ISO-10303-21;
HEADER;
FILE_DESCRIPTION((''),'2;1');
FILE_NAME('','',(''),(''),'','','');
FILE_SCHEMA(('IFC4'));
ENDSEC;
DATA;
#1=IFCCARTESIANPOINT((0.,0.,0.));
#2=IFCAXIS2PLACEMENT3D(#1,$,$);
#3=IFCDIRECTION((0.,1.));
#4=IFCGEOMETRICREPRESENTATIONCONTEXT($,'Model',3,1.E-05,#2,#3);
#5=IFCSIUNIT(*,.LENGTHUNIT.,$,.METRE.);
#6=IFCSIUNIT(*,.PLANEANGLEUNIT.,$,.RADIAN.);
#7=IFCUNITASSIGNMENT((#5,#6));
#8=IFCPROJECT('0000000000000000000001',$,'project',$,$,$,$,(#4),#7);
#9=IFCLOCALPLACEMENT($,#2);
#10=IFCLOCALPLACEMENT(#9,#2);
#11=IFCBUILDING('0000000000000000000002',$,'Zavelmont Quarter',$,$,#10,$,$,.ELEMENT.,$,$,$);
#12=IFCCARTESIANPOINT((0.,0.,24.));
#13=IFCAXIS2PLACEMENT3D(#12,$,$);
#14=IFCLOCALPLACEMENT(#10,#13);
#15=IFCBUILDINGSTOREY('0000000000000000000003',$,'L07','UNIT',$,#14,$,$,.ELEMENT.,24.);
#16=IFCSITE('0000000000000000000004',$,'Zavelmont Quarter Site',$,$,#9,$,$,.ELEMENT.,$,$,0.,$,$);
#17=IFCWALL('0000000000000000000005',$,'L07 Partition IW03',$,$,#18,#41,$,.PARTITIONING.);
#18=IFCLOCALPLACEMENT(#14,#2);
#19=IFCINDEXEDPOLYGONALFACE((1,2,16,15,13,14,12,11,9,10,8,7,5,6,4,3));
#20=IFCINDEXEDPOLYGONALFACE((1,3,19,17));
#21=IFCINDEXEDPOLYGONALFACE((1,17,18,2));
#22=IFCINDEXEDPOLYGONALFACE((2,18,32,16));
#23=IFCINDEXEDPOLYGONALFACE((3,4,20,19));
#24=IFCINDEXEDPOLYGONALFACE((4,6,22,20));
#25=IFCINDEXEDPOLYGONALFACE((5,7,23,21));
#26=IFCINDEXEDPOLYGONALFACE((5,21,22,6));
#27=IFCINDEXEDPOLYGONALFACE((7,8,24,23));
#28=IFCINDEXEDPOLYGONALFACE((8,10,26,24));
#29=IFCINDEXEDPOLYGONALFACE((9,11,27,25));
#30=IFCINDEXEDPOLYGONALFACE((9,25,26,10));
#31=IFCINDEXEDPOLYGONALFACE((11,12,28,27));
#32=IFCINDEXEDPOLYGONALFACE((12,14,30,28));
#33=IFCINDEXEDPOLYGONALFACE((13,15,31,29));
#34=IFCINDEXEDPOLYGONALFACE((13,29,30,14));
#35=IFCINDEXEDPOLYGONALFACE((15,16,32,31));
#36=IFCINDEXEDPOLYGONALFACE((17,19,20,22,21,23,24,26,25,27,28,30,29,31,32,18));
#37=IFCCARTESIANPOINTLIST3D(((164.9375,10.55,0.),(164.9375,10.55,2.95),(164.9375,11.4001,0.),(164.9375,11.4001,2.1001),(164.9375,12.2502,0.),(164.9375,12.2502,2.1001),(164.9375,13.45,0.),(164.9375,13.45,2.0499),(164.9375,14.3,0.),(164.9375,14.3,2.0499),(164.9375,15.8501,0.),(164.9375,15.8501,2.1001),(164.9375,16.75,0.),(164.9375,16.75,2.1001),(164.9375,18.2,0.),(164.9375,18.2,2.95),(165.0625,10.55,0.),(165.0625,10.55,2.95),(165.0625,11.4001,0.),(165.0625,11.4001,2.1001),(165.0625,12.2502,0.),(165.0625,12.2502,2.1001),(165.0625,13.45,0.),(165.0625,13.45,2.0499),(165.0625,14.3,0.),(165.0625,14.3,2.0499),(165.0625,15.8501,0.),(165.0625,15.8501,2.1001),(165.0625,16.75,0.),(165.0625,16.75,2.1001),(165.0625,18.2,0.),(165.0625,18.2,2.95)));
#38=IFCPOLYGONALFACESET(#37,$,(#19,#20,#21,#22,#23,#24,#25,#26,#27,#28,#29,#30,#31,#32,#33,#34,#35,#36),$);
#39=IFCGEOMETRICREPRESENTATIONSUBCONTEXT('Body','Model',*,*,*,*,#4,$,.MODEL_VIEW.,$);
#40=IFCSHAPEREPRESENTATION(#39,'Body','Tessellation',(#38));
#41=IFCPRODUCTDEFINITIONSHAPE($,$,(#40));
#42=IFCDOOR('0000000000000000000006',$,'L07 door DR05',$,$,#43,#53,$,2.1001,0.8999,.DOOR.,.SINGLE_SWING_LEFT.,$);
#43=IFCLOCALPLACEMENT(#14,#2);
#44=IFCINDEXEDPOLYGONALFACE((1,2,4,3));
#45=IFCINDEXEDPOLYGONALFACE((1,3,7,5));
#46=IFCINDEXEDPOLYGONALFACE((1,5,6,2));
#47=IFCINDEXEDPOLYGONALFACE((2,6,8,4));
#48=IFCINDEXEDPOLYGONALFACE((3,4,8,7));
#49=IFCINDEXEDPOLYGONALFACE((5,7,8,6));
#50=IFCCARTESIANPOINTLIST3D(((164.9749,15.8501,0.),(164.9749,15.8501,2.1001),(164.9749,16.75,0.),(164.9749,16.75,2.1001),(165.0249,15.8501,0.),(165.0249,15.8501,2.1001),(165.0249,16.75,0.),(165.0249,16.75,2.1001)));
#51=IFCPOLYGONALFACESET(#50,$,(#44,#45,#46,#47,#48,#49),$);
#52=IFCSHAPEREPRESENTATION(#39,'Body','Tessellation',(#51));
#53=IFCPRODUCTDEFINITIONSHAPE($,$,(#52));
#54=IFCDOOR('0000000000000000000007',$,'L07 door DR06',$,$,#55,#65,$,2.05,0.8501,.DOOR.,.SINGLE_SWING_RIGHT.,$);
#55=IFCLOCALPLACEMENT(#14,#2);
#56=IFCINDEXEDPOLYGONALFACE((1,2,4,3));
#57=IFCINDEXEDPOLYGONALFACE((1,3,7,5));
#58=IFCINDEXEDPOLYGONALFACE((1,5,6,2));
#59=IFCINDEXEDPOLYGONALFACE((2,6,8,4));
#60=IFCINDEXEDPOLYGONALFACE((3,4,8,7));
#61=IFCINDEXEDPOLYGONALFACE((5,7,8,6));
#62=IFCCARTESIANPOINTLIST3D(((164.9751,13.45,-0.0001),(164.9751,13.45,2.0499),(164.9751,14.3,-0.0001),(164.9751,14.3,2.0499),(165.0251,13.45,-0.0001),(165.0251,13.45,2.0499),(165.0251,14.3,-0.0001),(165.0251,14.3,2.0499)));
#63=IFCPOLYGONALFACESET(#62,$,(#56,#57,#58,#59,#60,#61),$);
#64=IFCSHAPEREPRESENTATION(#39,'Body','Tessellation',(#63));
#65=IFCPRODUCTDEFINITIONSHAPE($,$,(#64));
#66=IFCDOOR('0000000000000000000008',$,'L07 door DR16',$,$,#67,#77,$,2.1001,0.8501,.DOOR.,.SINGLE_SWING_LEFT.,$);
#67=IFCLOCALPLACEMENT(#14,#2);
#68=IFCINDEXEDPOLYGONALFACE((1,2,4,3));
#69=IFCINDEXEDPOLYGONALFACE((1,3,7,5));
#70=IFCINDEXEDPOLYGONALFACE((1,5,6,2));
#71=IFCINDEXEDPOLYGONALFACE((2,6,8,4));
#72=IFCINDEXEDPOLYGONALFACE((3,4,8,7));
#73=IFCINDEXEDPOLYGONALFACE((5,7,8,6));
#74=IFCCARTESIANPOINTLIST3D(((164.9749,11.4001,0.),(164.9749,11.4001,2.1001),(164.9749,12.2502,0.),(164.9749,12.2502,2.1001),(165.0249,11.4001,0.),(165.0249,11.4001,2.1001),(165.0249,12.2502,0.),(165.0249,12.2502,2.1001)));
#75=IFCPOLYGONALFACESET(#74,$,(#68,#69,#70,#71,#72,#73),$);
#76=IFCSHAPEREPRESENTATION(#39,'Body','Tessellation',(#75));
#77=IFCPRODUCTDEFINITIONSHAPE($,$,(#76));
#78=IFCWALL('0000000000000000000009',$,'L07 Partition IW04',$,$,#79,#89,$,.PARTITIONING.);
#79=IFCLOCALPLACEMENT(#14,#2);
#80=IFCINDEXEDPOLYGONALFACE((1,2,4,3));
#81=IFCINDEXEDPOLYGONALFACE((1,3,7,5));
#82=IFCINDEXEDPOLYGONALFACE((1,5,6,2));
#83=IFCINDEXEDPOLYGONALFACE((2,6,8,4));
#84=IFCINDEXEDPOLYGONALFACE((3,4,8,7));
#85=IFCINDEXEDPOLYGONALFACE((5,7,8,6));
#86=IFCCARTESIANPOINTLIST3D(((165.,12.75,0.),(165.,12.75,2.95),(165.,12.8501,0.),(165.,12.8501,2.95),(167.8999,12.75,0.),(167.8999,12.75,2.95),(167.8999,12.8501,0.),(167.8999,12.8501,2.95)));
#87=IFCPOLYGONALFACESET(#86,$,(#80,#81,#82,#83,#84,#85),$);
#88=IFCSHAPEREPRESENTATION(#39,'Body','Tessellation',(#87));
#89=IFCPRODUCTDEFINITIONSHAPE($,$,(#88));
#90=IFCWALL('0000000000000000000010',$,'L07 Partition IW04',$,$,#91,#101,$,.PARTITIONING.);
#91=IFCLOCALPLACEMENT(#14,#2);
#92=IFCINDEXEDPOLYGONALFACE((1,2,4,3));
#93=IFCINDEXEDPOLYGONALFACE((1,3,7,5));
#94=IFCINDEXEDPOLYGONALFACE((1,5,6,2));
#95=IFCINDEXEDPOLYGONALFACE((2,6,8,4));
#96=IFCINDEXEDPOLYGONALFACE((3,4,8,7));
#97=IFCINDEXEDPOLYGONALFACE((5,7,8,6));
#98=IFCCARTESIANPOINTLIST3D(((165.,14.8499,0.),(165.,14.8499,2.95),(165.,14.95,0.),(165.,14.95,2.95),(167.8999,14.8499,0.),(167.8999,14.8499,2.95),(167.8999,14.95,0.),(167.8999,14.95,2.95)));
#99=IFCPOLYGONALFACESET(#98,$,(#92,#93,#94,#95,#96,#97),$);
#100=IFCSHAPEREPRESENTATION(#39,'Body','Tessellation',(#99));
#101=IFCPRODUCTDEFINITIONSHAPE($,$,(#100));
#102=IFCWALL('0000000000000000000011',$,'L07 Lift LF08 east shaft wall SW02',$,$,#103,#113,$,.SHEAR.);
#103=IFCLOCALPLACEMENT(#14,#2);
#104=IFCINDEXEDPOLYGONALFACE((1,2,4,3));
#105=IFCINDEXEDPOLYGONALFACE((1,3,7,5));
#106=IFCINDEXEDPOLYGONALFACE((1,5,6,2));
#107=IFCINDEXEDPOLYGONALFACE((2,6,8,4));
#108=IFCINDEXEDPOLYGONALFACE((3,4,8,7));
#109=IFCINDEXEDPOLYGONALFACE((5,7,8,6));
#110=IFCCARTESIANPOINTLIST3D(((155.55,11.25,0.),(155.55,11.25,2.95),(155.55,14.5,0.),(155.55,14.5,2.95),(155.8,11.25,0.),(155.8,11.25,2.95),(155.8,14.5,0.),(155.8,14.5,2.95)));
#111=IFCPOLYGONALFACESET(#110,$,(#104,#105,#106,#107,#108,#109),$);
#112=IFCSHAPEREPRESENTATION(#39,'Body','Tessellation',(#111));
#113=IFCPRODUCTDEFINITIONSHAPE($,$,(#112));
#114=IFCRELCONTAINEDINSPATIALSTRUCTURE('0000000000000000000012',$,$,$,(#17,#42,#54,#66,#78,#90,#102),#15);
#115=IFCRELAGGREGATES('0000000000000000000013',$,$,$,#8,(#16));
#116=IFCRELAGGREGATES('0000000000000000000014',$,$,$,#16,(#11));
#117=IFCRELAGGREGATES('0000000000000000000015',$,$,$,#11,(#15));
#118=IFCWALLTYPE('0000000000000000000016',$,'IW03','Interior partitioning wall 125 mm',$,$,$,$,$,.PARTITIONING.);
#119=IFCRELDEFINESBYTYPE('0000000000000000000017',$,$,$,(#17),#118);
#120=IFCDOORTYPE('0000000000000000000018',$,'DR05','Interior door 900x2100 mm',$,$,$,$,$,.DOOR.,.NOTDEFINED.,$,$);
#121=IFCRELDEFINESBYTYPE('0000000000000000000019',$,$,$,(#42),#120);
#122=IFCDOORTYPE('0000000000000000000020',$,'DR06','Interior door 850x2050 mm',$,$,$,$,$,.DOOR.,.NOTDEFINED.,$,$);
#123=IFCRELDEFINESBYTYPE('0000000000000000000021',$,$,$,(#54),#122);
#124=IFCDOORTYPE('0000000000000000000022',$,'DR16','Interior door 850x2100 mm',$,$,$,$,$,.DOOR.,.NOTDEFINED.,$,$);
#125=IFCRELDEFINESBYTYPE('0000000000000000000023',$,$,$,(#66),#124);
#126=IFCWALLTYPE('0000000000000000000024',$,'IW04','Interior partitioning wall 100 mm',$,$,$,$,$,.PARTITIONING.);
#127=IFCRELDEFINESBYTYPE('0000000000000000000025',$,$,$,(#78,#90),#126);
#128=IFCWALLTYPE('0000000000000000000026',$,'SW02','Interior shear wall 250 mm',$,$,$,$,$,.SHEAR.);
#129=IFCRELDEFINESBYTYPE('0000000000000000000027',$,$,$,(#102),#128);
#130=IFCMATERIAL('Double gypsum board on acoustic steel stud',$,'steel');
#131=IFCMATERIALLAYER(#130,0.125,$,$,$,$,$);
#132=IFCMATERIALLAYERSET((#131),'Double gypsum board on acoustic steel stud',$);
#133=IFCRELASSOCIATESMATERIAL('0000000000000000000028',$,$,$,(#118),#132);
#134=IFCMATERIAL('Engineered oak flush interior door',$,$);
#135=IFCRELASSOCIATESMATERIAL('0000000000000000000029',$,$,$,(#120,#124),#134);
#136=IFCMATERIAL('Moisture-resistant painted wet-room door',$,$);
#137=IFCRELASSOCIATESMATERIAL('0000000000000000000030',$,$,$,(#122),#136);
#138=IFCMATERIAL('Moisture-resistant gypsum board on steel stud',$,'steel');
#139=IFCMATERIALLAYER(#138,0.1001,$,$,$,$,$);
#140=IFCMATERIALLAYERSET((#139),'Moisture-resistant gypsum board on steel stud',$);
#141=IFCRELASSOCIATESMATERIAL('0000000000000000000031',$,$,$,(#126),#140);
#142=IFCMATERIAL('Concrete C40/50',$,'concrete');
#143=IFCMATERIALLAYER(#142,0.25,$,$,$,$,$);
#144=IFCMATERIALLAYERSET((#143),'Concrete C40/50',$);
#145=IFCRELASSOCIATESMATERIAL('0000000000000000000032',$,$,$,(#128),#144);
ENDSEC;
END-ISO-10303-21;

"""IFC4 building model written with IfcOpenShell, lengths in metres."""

from ifc_helpers import new_model, si_unit, direction, frame, frame_2d, origin, origin_with_axes, place, context, subcontext, project, spatial, rectangle, extrude, material, layer, layer_set, type_object, element, fill, save


model = new_model("IFC4")

# Units and contexts
model_context = context("Model", 3, precision=1e-05, world=origin(), true_north=direction((0.0, 1.0)))
body_context = subcontext(model_context, "Body", "Model", "MODEL_VIEW")
ifc_project = project(units=[si_unit("LENGTHUNIT", "METRE"), si_unit("PLANEANGLEUNIT", "RADIAN")], contexts=[model_context])

# Site, building, storey
site_placement = place(None, origin())
site = spatial("IfcSite", under=ifc_project, at=site_placement, Name="Zavelmont Quarter Site", CompositionType="ELEMENT", RefElevation=0.0)
building_placement = place(site_placement, origin())
building = spatial("IfcBuilding", under=site, at=building_placement, Name="Zavelmont Quarter", CompositionType="ELEMENT")
storey_placement = place(building_placement, frame((0.0, 0.0, 24.0)))
storey = spatial("IfcBuildingStorey", under=building, at=storey_placement, Name="L07", Description="UNIT", CompositionType="ELEMENT", Elevation=24.0)

# Shared definitions
ifc_material_1 = material(Name="Concrete C40/50", Category="concrete")

# Wall, openings, doors
ifc_material_2 = material(Name="Double gypsum board on acoustic steel stud", Category="steel")
ifc_layer_1 = layer(ifc_material_2, 0.125)
ifc_layer_set_1 = layer_set([ifc_layer_1], Name="Double gypsum board on acoustic steel stud")
wall_type_1 = type_object("IfcWallType", Name="IW03", Description="Interior partitioning wall 125 mm", PredefinedType="PARTITIONING", material=ifc_layer_set_1)
wall_1_placement = place(storey_placement, frame((165.0, 10.55, 0.0), z_axis=(0.0, 0.0, 1.0), x_axis=(0.0, 1.0, 0.0)))
wall_1 = element("IfcWall", 1, at=wall_1_placement, inside=storey, type_object=wall_type_1, Name="L07 Partition IW03", PredefinedType="PARTITIONING", context=body_context, shape_type="SweptSolid", body=[
    extrude(rectangle(XDim=7.6499, YDim=0.125, at=frame_2d((3.825, 0.0))), origin(), (0.0, 0.0, 1.0), 2.95),
])
opening_1_placement = place(wall_1_placement, frame((0.8501, 0.0, 0.0)))
opening_1 = element("IfcOpeningElement", 2, at=opening_1_placement, cuts=wall_1, PredefinedType="OPENING", context=body_context, shape_type="SweptSolid", body=[
    extrude(rectangle(XDim=0.8501, YDim=2.1001, at=frame_2d((0.425, 1.05))), frame((0.0, 0.0745, 0.0), z_axis=(0.0, -1.0, 0.0), x_axis=(1.0, 0.0, 0.0)), (0.0, 0.0, 1.0), 0.1489),
])
opening_2_placement = place(wall_1_placement, frame((2.8999, 0.0, 0.0)))
opening_2 = element("IfcOpeningElement", 3, at=opening_2_placement, cuts=wall_1, PredefinedType="OPENING", context=body_context, shape_type="SweptSolid", body=[
    extrude(rectangle(XDim=0.8501, YDim=2.05, at=frame_2d((0.425, 1.0249))), frame((0.0, 0.0745, 0.0), z_axis=(0.0, -1.0, 0.0), x_axis=(1.0, 0.0, 0.0)), (0.0, 0.0, 1.0), 0.1489),
])
opening_3_placement = place(wall_1_placement, frame((5.3, 0.0, 0.0)))
opening_3 = element("IfcOpeningElement", 4, at=opening_3_placement, cuts=wall_1, PredefinedType="OPENING", context=body_context, shape_type="SweptSolid", body=[
    extrude(rectangle(XDim=0.8999, YDim=2.1001, at=frame_2d((0.45, 1.05))), frame((0.0, 0.0745, 0.0), z_axis=(0.0, -1.0, 0.0), x_axis=(1.0, 0.0, 0.0)), (0.0, 0.0, 1.0), 0.1489),
])
ifc_material_3 = material(Name="Engineered oak flush interior door")
door_type_1 = type_object("IfcDoorType", Name="DR05", Description="Interior door 900x2100 mm", OperationType="NOTDEFINED", PredefinedType="DOOR", material=ifc_material_3)
door_1_placement = place(opening_3_placement, frame((0.8999, 0.0, 0.0), z_axis=(0.0, 0.0, 1.0), x_axis=(-1.0, 0.0, 0.0)))
door_1 = element("IfcDoor", 5, at=door_1_placement, inside=storey, type_object=door_type_1, Name="L07 door DR05", OperationType="SINGLE_SWING_LEFT", OverallHeight=2.1001, OverallWidth=0.8999, PredefinedType="DOOR", context=body_context, shape_type="SweptSolid", body=[
    extrude(rectangle(XDim=0.8999, YDim=2.1001, at=frame_2d((0.45, 1.05))), frame((0.0, 0.0249, 0.0), z_axis=(0.0, -1.0, 0.0), x_axis=(1.0, 0.0, 0.0)), (0.0, 0.0, 1.0), 0.05),
])
fill(opening_3, door_1)
ifc_material_4 = material(Name="Moisture-resistant painted wet-room door")
door_type_2 = type_object("IfcDoorType", Name="DR06", Description="Interior door 850x2050 mm", OperationType="NOTDEFINED", PredefinedType="DOOR", material=ifc_material_4)
door_2_placement = place(opening_2_placement, origin_with_axes())
door_2 = element("IfcDoor", 6, at=door_2_placement, inside=storey, type_object=door_type_2, Name="L07 door DR06", OperationType="SINGLE_SWING_RIGHT", OverallHeight=2.05, OverallWidth=0.8501, PredefinedType="DOOR", context=body_context, shape_type="SweptSolid", body=[
    extrude(rectangle(XDim=0.8501, YDim=2.05, at=frame_2d((0.425, 1.0249))), frame((0.0, 0.0249, 0.0), z_axis=(0.0, -1.0, 0.0), x_axis=(1.0, 0.0, 0.0)), (0.0, 0.0, 1.0), 0.05),
])
fill(opening_2, door_2)
door_type_3 = type_object("IfcDoorType", Name="DR16", Description="Interior door 850x2100 mm", OperationType="NOTDEFINED", PredefinedType="DOOR", material=ifc_material_3)
door_3_placement = place(opening_1_placement, frame((0.8501, 0.0, 0.0), z_axis=(0.0, 0.0, 1.0), x_axis=(-1.0, 0.0, 0.0)))
door_3 = element("IfcDoor", 7, at=door_3_placement, inside=storey, type_object=door_type_3, Name="L07 door DR16", OperationType="SINGLE_SWING_LEFT", OverallHeight=2.1001, OverallWidth=0.8501, PredefinedType="DOOR", context=body_context, shape_type="SweptSolid", body=[
    extrude(rectangle(XDim=0.8501, YDim=2.1001, at=frame_2d((0.425, 1.05))), frame((0.0, 0.0249, 0.0), z_axis=(0.0, -1.0, 0.0), x_axis=(1.0, 0.0, 0.0)), (0.0, 0.0, 1.0), 0.05),
])
fill(opening_1, door_3)

# Walls
ifc_material_5 = material(Name="Moisture-resistant gypsum board on steel stud", Category="steel")
ifc_layer_2 = layer(ifc_material_5, 0.1001)
ifc_layer_set_2 = layer_set([ifc_layer_2], Name="Moisture-resistant gypsum board on steel stud")
wall_type_2 = type_object("IfcWallType", Name="IW04", Description="Interior partitioning wall 100 mm", PredefinedType="PARTITIONING", material=ifc_layer_set_2)
for number, where, z_axis, x_axis, name in (
    (8, (165.0, 12.8, 0.0), (0.0, 0.0, 1.0), (1.0, 0.0, 0.0), "L07 Partition IW04"),
    (9, (165.0, 14.8999, 0.0), (0.0, 0.0, 1.0), (1.0, 0.0, 0.0), "L07 Partition IW04"),
):
    element("IfcWall", number, at=place(storey_placement, frame(where, z_axis=z_axis, x_axis=x_axis)), inside=storey, type_object=wall_type_2, Name=name, PredefinedType="PARTITIONING", context=body_context, shape_type="SweptSolid", body=[
        extrude(rectangle(XDim=2.8999, YDim=0.1001, at=frame_2d((1.45, 0.0))), origin(), (0.0, 0.0, 1.0), 2.95),
    ])
ifc_layer_3 = layer(ifc_material_1, 0.25)
ifc_layer_set_3 = layer_set([ifc_layer_3], Name="Concrete C40/50")
wall_type_3 = type_object("IfcWallType", Name="SW02", Description="Interior shear wall 250 mm", PredefinedType="SHEAR", material=ifc_layer_set_3)
wall_2_placement = place(storey_placement, frame((155.675, 11.25, 0.0), z_axis=(0.0, 0.0, 1.0), x_axis=(0.0, 1.0, 0.0)))
element("IfcWall", 10, at=wall_2_placement, inside=storey, type_object=wall_type_3, Name="L07 Lift LF08 east shaft wall SW02", PredefinedType="SHEAR", context=body_context, shape_type="SweptSolid", body=[
    extrude(rectangle(XDim=3.25, YDim=0.25, at=frame_2d((1.625, 0.0))), origin(), (0.0, 0.0, 1.0), 2.95),
])

save(model, "model.ifc")
